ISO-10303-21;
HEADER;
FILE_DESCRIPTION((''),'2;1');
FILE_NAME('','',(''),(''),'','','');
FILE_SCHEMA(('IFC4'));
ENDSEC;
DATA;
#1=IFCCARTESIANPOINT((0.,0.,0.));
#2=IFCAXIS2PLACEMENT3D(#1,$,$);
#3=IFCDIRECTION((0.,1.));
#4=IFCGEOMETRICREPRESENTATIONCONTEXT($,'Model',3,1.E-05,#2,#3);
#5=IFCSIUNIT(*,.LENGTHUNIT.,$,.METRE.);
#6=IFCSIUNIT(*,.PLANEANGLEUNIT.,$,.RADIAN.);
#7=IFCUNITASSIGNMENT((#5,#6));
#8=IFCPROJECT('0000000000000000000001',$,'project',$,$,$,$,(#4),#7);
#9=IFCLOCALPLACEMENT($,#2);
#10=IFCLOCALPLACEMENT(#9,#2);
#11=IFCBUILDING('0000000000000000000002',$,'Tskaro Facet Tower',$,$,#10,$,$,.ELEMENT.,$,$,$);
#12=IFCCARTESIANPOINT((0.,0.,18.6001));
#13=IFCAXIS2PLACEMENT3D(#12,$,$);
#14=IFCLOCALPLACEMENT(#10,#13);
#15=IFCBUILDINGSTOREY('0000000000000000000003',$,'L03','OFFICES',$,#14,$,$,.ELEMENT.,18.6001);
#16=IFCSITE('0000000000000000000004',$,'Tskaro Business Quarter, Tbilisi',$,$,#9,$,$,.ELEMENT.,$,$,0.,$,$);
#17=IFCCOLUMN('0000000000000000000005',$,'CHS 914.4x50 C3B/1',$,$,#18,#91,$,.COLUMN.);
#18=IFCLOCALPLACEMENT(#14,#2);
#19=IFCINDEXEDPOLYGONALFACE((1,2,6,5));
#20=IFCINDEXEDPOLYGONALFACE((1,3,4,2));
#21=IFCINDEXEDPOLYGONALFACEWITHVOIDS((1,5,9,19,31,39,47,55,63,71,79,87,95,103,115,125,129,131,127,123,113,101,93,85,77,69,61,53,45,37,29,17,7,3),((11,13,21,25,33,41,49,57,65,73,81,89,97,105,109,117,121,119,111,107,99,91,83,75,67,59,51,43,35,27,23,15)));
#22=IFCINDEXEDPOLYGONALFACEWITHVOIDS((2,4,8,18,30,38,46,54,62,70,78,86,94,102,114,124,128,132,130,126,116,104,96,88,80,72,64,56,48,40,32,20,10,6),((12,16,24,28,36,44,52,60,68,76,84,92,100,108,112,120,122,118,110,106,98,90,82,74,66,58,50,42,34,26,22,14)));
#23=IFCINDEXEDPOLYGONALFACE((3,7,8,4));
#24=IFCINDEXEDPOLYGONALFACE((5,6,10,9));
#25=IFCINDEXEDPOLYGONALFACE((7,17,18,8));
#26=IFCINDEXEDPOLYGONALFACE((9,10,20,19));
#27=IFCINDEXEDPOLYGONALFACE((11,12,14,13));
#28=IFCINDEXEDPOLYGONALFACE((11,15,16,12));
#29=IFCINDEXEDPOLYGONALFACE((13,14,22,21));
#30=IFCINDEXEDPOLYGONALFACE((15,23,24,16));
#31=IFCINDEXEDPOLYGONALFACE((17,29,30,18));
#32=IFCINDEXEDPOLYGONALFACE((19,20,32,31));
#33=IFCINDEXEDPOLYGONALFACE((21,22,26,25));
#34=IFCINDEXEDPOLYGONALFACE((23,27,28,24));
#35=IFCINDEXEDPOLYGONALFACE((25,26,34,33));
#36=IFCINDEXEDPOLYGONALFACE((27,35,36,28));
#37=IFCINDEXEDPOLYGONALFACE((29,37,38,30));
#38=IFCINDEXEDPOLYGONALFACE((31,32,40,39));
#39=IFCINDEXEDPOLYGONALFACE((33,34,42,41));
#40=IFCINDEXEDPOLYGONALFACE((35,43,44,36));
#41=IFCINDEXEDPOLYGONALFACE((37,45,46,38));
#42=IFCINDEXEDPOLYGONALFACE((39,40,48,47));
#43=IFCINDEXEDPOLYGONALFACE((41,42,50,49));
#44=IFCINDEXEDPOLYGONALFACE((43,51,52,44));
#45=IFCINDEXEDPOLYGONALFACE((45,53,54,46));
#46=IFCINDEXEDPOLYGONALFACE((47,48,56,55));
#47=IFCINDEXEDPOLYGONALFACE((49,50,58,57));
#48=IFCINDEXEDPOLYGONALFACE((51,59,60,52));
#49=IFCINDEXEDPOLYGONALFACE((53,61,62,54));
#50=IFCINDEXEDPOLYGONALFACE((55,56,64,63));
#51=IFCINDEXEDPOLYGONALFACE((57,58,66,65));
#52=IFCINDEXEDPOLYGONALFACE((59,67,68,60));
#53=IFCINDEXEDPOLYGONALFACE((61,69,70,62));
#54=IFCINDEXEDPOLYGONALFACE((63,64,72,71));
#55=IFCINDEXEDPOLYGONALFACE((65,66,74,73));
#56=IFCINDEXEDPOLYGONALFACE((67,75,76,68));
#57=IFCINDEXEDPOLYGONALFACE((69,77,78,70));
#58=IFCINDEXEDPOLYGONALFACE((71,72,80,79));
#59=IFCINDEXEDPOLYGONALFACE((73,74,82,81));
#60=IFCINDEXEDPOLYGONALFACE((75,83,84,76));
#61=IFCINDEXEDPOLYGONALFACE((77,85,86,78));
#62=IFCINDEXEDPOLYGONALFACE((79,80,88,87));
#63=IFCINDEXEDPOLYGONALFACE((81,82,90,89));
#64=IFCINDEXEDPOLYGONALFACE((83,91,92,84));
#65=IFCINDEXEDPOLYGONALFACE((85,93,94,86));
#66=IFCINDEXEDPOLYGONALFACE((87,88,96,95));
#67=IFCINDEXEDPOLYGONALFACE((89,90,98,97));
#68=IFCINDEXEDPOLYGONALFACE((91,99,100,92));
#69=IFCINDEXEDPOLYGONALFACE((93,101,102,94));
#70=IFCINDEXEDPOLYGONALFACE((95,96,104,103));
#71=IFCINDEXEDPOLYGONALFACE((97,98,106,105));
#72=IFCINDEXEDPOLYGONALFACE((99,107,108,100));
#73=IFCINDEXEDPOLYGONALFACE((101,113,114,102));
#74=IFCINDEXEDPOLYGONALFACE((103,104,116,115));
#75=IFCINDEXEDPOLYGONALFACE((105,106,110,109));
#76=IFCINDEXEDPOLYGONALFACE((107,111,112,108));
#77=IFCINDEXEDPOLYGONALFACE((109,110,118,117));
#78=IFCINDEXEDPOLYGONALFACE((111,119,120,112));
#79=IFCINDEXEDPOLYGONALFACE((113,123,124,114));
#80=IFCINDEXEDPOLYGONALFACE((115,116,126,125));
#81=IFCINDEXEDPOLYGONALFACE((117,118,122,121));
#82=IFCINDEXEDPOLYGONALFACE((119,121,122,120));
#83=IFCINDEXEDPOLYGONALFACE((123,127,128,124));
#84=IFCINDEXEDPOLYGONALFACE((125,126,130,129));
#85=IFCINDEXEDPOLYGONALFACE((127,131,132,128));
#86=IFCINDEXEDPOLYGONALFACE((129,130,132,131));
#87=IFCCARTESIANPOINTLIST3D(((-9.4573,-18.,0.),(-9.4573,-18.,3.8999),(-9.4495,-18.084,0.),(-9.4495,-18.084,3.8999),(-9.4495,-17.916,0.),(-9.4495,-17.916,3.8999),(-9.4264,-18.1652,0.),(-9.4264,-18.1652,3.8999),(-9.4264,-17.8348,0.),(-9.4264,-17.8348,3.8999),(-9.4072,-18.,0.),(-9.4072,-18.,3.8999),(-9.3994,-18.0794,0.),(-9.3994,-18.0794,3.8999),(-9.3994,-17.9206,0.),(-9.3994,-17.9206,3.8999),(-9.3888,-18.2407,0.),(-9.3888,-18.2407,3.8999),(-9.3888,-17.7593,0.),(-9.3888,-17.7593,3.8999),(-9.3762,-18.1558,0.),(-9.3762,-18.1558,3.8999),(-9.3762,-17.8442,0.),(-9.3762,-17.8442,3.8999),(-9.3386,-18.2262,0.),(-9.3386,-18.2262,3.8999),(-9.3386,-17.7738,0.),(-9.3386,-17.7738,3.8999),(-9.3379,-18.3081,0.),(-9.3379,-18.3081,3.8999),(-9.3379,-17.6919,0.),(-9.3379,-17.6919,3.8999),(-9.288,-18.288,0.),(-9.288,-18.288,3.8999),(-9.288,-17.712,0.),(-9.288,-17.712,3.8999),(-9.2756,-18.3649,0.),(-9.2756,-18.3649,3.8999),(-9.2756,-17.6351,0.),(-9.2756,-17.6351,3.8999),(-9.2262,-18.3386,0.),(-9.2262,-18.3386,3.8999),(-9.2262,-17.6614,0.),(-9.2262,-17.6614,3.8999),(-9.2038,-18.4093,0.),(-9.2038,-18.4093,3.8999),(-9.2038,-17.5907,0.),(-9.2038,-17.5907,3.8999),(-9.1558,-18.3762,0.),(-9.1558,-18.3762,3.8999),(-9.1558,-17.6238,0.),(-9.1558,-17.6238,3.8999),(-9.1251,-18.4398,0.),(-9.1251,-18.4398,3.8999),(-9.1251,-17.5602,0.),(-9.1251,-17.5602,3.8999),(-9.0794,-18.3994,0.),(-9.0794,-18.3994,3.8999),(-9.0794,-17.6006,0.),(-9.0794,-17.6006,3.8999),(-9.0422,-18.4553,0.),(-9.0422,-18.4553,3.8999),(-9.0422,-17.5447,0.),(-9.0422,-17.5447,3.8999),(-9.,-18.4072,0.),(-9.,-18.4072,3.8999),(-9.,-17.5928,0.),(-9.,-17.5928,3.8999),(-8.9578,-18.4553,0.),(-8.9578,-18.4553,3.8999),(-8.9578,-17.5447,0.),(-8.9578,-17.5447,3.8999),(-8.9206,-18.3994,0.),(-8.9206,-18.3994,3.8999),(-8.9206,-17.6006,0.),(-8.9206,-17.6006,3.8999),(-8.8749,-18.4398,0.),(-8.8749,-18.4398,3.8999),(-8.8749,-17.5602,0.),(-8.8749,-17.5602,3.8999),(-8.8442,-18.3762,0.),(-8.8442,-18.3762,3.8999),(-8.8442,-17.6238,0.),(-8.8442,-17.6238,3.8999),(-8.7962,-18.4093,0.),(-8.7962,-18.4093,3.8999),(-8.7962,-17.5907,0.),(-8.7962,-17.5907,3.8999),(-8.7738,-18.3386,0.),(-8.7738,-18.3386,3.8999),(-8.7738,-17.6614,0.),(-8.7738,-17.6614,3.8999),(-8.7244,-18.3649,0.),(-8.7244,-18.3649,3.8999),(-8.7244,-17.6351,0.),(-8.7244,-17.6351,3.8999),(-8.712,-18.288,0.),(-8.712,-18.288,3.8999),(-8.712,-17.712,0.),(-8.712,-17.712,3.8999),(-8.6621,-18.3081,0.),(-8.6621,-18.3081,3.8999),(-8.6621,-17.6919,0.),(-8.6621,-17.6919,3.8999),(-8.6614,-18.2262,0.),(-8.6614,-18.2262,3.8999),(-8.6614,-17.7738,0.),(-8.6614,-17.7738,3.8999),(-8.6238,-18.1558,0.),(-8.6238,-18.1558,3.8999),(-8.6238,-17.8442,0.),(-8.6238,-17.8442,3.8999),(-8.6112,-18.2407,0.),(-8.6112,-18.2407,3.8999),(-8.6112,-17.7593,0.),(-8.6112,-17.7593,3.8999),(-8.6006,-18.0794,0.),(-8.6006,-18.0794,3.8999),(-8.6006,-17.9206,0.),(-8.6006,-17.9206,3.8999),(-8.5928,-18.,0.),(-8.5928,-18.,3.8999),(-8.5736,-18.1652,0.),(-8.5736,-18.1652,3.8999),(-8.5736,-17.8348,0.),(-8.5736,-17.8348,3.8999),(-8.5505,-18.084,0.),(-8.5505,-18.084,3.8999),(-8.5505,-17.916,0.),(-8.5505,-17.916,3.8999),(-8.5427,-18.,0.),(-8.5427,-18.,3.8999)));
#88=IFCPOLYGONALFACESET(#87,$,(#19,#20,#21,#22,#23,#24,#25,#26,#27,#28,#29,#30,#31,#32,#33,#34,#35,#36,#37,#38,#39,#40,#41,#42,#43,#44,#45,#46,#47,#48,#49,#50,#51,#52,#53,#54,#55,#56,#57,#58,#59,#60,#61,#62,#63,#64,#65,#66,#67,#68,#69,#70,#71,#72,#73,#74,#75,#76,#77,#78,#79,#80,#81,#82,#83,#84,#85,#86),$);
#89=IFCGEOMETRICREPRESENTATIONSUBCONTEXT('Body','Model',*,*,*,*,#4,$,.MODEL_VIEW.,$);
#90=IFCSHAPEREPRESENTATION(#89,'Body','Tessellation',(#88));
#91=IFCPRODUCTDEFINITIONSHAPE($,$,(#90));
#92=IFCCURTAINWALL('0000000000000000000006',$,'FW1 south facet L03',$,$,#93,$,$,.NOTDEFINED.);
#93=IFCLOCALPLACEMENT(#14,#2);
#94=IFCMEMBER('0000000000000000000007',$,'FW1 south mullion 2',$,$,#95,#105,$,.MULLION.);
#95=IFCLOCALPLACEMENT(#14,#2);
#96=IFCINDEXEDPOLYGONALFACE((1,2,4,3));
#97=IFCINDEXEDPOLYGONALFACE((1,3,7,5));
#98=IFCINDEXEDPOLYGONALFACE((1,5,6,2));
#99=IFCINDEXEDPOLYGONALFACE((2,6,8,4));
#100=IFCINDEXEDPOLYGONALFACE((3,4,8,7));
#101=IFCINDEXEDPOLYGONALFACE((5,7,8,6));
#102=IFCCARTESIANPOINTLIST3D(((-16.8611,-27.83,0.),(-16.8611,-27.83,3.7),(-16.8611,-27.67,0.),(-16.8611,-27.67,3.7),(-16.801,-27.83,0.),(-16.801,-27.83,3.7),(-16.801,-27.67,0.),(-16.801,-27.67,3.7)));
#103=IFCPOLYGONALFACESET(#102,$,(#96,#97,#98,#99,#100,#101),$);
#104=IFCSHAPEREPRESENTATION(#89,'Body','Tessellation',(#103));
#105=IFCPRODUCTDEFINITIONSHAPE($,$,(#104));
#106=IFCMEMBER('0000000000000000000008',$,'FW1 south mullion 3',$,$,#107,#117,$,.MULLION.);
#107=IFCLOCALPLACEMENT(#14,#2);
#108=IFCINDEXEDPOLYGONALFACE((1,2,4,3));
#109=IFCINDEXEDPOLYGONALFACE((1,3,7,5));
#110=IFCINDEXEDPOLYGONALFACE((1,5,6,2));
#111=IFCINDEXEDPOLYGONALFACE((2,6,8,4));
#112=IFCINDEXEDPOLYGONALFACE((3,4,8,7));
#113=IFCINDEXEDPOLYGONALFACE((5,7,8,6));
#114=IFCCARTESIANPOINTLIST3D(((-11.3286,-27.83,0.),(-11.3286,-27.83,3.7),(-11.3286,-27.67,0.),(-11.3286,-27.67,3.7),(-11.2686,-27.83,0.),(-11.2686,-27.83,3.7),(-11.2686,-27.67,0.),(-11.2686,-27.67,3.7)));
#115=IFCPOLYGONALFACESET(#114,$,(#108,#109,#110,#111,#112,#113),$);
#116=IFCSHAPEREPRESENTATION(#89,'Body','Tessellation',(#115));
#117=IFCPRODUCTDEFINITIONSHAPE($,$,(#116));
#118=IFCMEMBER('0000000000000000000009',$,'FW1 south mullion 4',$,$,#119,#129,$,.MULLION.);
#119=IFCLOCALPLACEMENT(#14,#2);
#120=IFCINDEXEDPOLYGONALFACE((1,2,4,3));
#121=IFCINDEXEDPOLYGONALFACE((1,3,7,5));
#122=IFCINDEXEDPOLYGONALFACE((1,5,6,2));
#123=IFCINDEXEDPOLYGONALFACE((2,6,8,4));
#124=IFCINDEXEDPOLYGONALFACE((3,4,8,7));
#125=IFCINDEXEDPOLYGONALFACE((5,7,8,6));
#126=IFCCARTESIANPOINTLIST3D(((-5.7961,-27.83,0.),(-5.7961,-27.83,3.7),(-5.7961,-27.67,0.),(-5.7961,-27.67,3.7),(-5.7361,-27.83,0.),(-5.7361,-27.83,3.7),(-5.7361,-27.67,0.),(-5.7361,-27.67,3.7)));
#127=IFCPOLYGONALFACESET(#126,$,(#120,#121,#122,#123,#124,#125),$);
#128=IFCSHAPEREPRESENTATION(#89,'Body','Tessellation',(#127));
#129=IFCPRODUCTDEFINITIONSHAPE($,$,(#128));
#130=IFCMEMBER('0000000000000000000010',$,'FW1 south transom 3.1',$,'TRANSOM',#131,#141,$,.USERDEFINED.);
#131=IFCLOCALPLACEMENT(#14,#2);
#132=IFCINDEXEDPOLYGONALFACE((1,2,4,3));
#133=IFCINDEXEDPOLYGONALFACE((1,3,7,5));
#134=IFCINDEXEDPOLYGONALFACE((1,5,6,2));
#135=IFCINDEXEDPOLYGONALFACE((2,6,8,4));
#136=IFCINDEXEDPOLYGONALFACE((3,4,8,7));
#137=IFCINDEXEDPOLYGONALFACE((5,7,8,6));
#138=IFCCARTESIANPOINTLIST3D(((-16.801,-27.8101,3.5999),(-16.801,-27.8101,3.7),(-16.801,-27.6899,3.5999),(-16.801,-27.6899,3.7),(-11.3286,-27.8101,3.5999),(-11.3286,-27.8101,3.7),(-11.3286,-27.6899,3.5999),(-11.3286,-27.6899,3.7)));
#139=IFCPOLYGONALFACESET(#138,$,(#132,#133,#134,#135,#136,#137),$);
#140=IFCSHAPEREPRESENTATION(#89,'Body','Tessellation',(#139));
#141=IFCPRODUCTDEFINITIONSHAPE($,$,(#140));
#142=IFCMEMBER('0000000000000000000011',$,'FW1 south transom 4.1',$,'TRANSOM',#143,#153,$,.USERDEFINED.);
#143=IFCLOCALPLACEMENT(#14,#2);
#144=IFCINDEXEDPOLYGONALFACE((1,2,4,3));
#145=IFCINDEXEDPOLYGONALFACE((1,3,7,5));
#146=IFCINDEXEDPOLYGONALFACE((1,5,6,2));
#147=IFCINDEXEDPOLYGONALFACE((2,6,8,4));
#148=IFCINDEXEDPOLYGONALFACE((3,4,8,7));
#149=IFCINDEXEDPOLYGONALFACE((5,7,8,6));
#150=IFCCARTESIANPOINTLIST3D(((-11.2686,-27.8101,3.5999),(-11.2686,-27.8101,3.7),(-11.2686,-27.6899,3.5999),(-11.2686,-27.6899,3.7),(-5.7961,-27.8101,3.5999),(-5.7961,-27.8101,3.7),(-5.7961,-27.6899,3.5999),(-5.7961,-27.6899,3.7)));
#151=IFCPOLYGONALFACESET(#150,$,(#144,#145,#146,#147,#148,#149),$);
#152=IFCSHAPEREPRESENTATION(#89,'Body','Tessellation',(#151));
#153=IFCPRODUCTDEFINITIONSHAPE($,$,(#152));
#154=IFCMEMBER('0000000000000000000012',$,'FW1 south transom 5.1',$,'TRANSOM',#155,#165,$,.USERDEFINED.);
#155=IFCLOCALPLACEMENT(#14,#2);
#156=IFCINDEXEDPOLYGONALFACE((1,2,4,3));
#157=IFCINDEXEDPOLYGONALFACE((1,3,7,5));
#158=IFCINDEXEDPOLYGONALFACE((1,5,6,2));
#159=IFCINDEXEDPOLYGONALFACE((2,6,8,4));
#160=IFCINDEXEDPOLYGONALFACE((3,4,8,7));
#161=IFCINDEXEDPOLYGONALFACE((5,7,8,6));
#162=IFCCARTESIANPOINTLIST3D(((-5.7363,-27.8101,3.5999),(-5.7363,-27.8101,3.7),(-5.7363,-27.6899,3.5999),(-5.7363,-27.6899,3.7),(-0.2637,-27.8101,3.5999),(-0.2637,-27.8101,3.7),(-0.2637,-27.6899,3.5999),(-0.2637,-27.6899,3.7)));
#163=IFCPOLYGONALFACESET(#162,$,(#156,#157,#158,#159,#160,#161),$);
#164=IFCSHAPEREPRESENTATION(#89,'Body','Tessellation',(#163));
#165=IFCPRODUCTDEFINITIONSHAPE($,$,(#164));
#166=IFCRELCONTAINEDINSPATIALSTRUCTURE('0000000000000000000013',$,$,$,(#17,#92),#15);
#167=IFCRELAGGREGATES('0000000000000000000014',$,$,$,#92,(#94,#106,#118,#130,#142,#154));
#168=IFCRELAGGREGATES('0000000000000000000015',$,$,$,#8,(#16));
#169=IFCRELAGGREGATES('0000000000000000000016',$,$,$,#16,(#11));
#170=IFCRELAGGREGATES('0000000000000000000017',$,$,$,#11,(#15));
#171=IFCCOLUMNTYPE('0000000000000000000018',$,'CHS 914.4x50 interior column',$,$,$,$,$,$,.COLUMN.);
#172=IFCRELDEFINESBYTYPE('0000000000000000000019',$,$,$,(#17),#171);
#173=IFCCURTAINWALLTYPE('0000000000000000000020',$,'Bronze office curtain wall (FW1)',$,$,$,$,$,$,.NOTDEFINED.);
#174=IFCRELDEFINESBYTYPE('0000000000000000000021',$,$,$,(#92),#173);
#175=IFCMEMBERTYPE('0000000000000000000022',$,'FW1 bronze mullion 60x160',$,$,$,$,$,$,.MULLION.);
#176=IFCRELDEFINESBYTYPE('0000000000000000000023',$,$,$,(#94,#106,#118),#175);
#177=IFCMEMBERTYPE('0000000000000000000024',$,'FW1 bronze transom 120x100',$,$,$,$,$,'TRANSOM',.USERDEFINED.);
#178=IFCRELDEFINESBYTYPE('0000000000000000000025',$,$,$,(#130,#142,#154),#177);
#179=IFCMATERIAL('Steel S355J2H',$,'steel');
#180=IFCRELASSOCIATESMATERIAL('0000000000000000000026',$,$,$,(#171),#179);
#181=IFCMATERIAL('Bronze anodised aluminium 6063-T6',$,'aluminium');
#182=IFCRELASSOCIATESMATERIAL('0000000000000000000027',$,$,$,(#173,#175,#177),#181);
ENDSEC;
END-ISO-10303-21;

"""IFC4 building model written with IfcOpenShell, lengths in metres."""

from ifc_helpers import new_model, si_unit, direction, frame, origin, origin_2d, place, context, subcontext, project, spatial, rectangle, hollow_circle, extrude, material, material_profile, profile_set, type_object, element, aggregate, save


model = new_model("IFC4")

# Units and contexts
model_context = context("Model", 3, precision=1e-05, world=origin(), true_north=direction((0.0, 1.0)))
body_context = subcontext(model_context, "Body", "Model", "MODEL_VIEW")
ifc_project = project(units=[si_unit("LENGTHUNIT", "METRE"), si_unit("PLANEANGLEUNIT", "RADIAN")], contexts=[model_context])

# Site, building, storey
site_placement = place(None, origin())
site = spatial("IfcSite", under=ifc_project, at=site_placement, Name="Tskaro Business Quarter, Tbilisi", CompositionType="ELEMENT", RefElevation=0.0)
building_placement = place(site_placement, origin())
building = spatial("IfcBuilding", under=site, at=building_placement, Name="Tskaro Facet Tower", CompositionType="ELEMENT")
storey_placement = place(building_placement, frame((0.0, 0.0, 18.6001)))
storey = spatial("IfcBuildingStorey", under=building, at=storey_placement, Name="L03", Description="OFFICES", CompositionType="ELEMENT", Elevation=18.6001)

# Column
ifc_material_1 = material(Name="Steel S355J2H", Category="steel")
ifc_material_profile_1 = material_profile(ifc_material_1, hollow_circle(Radius=0.4573, WallThickness=0.05, at=origin_2d()), Name="CHS 914.4x50")
ifc_profile_set_1 = profile_set([ifc_material_profile_1], Name="Steel S355J2H")
column_type_1 = type_object("IfcColumnType", Name="CHS 914.4x50 interior column", PredefinedType="COLUMN", material=ifc_profile_set_1)
column_1_placement = place(storey_placement, frame((-9.0, -18.0, 0.0), z_axis=(0.0, 0.0, 1.0), x_axis=(1.0, 0.0, 0.0)))
element("IfcColumn", 1, at=column_1_placement, inside=storey, type_object=column_type_1, Name="CHS 914.4x50 C3B/1", PredefinedType="COLUMN", context=body_context, shape_type="SweptSolid", body=[
    extrude(hollow_circle(Radius=0.4573, WallThickness=0.05, at=origin_2d()), origin(), (0.0, 0.0, 1.0), 3.8999),
])

# Curtain wall, members
ifc_material_2 = material(Name="Bronze anodised aluminium 6063-T6", Category="aluminium")
curtain_wall_type = type_object("IfcCurtainWallType", Name="Bronze office curtain wall (FW1)", PredefinedType="NOTDEFINED", material=ifc_material_2)
curtain_wall_placement = place(storey_placement, origin())
curtain_wall = element("IfcCurtainWall", 2, at=curtain_wall_placement, inside=storey, type_object=curtain_wall_type, Name="FW1 south facet L03", PredefinedType="NOTDEFINED")
ifc_material_profile_2 = material_profile(ifc_material_2, rectangle(XDim=0.0601, YDim=0.1599, at=origin_2d()), Name="Mullion 60x160")
ifc_profile_set_2 = profile_set([ifc_material_profile_2], Name="Bronze anodised aluminium 6063-T6")
member_type_1 = type_object("IfcMemberType", Name="FW1 bronze mullion 60x160", PredefinedType="MULLION", material=ifc_profile_set_2)
member_1_placement = place(storey_placement, frame((-16.8311, -27.75, 0.0), z_axis=(0.0, 0.0, 1.0), x_axis=(1.0, 0.0, 0.0)))
member_1 = element("IfcMember", 3, at=member_1_placement, type_object=member_type_1, Name="FW1 south mullion 2", PredefinedType="MULLION", context=body_context, shape_type="SweptSolid", body=[
    extrude(rectangle(XDim=0.0601, YDim=0.1599, at=origin_2d()), origin(), (0.0, 0.0, 1.0), 3.7),
])
member_2_placement = place(storey_placement, frame((-11.2986, -27.75, 0.0), z_axis=(0.0, 0.0, 1.0), x_axis=(1.0, 0.0, 0.0)))
member_2 = element("IfcMember", 4, at=member_2_placement, type_object=member_type_1, Name="FW1 south mullion 3", PredefinedType="MULLION", context=body_context, shape_type="SweptSolid", body=[
    extrude(rectangle(XDim=0.0601, YDim=0.1599, at=origin_2d()), origin(), (0.0, 0.0, 1.0), 3.7),
])
member_3_placement = place(storey_placement, frame((-5.7661, -27.75, 0.0), z_axis=(0.0, 0.0, 1.0), x_axis=(1.0, 0.0, 0.0)))
member_3 = element("IfcMember", 5, at=member_3_placement, type_object=member_type_1, Name="FW1 south mullion 4", PredefinedType="MULLION", context=body_context, shape_type="SweptSolid", body=[
    extrude(rectangle(XDim=0.0601, YDim=0.1599, at=origin_2d()), origin(), (0.0, 0.0, 1.0), 3.7),
])
ifc_material_profile_3 = material_profile(ifc_material_2, rectangle(XDim=0.1201, YDim=0.1001, at=origin_2d()), Name="Transom 120x100")
ifc_profile_set_3 = profile_set([ifc_material_profile_3], Name="Bronze anodised aluminium 6063-T6")
member_type_2 = type_object("IfcMemberType", Name="FW1 bronze transom 120x100", ElementType="TRANSOM", PredefinedType="USERDEFINED", material=ifc_profile_set_3)
member_4_placement = place(storey_placement, frame((-16.801, -27.75, 3.6499), z_axis=(1.0, 0.0, 0.0), x_axis=(0.0, 1.0, 0.0)))
member_4 = element("IfcMember", 6, at=member_4_placement, type_object=member_type_2, Name="FW1 south transom 3.1", ObjectType="TRANSOM", PredefinedType="USERDEFINED", context=body_context, shape_type="SweptSolid", body=[
    extrude(rectangle(XDim=0.1201, YDim=0.1001, at=origin_2d()), origin(), (0.0, 0.0, 1.0), 5.4724),
])
member_5_placement = place(storey_placement, frame((-11.2686, -27.75, 3.6499), z_axis=(1.0, 0.0, 0.0), x_axis=(0.0, 1.0, 0.0)))
member_5 = element("IfcMember", 7, at=member_5_placement, type_object=member_type_2, Name="FW1 south transom 4.1", ObjectType="TRANSOM", PredefinedType="USERDEFINED", context=body_context, shape_type="SweptSolid", body=[
    extrude(rectangle(XDim=0.1201, YDim=0.1001, at=origin_2d()), origin(), (0.0, 0.0, 1.0), 5.4724),
])
member_6_placement = place(storey_placement, frame((-5.7363, -27.75, 3.6499), z_axis=(1.0, 0.0, 0.0), x_axis=(0.0, 1.0, 0.0)))
member_6 = element("IfcMember", 8, at=member_6_placement, type_object=member_type_2, Name="FW1 south transom 5.1", ObjectType="TRANSOM", PredefinedType="USERDEFINED", context=body_context, shape_type="SweptSolid", body=[
    extrude(rectangle(XDim=0.1201, YDim=0.1001, at=origin_2d()), origin(), (0.0, 0.0, 1.0), 5.4727),
])

aggregate(curtain_wall, [member_1, member_2, member_3, member_4, member_5, member_6])

save(model, "model.ifc")
